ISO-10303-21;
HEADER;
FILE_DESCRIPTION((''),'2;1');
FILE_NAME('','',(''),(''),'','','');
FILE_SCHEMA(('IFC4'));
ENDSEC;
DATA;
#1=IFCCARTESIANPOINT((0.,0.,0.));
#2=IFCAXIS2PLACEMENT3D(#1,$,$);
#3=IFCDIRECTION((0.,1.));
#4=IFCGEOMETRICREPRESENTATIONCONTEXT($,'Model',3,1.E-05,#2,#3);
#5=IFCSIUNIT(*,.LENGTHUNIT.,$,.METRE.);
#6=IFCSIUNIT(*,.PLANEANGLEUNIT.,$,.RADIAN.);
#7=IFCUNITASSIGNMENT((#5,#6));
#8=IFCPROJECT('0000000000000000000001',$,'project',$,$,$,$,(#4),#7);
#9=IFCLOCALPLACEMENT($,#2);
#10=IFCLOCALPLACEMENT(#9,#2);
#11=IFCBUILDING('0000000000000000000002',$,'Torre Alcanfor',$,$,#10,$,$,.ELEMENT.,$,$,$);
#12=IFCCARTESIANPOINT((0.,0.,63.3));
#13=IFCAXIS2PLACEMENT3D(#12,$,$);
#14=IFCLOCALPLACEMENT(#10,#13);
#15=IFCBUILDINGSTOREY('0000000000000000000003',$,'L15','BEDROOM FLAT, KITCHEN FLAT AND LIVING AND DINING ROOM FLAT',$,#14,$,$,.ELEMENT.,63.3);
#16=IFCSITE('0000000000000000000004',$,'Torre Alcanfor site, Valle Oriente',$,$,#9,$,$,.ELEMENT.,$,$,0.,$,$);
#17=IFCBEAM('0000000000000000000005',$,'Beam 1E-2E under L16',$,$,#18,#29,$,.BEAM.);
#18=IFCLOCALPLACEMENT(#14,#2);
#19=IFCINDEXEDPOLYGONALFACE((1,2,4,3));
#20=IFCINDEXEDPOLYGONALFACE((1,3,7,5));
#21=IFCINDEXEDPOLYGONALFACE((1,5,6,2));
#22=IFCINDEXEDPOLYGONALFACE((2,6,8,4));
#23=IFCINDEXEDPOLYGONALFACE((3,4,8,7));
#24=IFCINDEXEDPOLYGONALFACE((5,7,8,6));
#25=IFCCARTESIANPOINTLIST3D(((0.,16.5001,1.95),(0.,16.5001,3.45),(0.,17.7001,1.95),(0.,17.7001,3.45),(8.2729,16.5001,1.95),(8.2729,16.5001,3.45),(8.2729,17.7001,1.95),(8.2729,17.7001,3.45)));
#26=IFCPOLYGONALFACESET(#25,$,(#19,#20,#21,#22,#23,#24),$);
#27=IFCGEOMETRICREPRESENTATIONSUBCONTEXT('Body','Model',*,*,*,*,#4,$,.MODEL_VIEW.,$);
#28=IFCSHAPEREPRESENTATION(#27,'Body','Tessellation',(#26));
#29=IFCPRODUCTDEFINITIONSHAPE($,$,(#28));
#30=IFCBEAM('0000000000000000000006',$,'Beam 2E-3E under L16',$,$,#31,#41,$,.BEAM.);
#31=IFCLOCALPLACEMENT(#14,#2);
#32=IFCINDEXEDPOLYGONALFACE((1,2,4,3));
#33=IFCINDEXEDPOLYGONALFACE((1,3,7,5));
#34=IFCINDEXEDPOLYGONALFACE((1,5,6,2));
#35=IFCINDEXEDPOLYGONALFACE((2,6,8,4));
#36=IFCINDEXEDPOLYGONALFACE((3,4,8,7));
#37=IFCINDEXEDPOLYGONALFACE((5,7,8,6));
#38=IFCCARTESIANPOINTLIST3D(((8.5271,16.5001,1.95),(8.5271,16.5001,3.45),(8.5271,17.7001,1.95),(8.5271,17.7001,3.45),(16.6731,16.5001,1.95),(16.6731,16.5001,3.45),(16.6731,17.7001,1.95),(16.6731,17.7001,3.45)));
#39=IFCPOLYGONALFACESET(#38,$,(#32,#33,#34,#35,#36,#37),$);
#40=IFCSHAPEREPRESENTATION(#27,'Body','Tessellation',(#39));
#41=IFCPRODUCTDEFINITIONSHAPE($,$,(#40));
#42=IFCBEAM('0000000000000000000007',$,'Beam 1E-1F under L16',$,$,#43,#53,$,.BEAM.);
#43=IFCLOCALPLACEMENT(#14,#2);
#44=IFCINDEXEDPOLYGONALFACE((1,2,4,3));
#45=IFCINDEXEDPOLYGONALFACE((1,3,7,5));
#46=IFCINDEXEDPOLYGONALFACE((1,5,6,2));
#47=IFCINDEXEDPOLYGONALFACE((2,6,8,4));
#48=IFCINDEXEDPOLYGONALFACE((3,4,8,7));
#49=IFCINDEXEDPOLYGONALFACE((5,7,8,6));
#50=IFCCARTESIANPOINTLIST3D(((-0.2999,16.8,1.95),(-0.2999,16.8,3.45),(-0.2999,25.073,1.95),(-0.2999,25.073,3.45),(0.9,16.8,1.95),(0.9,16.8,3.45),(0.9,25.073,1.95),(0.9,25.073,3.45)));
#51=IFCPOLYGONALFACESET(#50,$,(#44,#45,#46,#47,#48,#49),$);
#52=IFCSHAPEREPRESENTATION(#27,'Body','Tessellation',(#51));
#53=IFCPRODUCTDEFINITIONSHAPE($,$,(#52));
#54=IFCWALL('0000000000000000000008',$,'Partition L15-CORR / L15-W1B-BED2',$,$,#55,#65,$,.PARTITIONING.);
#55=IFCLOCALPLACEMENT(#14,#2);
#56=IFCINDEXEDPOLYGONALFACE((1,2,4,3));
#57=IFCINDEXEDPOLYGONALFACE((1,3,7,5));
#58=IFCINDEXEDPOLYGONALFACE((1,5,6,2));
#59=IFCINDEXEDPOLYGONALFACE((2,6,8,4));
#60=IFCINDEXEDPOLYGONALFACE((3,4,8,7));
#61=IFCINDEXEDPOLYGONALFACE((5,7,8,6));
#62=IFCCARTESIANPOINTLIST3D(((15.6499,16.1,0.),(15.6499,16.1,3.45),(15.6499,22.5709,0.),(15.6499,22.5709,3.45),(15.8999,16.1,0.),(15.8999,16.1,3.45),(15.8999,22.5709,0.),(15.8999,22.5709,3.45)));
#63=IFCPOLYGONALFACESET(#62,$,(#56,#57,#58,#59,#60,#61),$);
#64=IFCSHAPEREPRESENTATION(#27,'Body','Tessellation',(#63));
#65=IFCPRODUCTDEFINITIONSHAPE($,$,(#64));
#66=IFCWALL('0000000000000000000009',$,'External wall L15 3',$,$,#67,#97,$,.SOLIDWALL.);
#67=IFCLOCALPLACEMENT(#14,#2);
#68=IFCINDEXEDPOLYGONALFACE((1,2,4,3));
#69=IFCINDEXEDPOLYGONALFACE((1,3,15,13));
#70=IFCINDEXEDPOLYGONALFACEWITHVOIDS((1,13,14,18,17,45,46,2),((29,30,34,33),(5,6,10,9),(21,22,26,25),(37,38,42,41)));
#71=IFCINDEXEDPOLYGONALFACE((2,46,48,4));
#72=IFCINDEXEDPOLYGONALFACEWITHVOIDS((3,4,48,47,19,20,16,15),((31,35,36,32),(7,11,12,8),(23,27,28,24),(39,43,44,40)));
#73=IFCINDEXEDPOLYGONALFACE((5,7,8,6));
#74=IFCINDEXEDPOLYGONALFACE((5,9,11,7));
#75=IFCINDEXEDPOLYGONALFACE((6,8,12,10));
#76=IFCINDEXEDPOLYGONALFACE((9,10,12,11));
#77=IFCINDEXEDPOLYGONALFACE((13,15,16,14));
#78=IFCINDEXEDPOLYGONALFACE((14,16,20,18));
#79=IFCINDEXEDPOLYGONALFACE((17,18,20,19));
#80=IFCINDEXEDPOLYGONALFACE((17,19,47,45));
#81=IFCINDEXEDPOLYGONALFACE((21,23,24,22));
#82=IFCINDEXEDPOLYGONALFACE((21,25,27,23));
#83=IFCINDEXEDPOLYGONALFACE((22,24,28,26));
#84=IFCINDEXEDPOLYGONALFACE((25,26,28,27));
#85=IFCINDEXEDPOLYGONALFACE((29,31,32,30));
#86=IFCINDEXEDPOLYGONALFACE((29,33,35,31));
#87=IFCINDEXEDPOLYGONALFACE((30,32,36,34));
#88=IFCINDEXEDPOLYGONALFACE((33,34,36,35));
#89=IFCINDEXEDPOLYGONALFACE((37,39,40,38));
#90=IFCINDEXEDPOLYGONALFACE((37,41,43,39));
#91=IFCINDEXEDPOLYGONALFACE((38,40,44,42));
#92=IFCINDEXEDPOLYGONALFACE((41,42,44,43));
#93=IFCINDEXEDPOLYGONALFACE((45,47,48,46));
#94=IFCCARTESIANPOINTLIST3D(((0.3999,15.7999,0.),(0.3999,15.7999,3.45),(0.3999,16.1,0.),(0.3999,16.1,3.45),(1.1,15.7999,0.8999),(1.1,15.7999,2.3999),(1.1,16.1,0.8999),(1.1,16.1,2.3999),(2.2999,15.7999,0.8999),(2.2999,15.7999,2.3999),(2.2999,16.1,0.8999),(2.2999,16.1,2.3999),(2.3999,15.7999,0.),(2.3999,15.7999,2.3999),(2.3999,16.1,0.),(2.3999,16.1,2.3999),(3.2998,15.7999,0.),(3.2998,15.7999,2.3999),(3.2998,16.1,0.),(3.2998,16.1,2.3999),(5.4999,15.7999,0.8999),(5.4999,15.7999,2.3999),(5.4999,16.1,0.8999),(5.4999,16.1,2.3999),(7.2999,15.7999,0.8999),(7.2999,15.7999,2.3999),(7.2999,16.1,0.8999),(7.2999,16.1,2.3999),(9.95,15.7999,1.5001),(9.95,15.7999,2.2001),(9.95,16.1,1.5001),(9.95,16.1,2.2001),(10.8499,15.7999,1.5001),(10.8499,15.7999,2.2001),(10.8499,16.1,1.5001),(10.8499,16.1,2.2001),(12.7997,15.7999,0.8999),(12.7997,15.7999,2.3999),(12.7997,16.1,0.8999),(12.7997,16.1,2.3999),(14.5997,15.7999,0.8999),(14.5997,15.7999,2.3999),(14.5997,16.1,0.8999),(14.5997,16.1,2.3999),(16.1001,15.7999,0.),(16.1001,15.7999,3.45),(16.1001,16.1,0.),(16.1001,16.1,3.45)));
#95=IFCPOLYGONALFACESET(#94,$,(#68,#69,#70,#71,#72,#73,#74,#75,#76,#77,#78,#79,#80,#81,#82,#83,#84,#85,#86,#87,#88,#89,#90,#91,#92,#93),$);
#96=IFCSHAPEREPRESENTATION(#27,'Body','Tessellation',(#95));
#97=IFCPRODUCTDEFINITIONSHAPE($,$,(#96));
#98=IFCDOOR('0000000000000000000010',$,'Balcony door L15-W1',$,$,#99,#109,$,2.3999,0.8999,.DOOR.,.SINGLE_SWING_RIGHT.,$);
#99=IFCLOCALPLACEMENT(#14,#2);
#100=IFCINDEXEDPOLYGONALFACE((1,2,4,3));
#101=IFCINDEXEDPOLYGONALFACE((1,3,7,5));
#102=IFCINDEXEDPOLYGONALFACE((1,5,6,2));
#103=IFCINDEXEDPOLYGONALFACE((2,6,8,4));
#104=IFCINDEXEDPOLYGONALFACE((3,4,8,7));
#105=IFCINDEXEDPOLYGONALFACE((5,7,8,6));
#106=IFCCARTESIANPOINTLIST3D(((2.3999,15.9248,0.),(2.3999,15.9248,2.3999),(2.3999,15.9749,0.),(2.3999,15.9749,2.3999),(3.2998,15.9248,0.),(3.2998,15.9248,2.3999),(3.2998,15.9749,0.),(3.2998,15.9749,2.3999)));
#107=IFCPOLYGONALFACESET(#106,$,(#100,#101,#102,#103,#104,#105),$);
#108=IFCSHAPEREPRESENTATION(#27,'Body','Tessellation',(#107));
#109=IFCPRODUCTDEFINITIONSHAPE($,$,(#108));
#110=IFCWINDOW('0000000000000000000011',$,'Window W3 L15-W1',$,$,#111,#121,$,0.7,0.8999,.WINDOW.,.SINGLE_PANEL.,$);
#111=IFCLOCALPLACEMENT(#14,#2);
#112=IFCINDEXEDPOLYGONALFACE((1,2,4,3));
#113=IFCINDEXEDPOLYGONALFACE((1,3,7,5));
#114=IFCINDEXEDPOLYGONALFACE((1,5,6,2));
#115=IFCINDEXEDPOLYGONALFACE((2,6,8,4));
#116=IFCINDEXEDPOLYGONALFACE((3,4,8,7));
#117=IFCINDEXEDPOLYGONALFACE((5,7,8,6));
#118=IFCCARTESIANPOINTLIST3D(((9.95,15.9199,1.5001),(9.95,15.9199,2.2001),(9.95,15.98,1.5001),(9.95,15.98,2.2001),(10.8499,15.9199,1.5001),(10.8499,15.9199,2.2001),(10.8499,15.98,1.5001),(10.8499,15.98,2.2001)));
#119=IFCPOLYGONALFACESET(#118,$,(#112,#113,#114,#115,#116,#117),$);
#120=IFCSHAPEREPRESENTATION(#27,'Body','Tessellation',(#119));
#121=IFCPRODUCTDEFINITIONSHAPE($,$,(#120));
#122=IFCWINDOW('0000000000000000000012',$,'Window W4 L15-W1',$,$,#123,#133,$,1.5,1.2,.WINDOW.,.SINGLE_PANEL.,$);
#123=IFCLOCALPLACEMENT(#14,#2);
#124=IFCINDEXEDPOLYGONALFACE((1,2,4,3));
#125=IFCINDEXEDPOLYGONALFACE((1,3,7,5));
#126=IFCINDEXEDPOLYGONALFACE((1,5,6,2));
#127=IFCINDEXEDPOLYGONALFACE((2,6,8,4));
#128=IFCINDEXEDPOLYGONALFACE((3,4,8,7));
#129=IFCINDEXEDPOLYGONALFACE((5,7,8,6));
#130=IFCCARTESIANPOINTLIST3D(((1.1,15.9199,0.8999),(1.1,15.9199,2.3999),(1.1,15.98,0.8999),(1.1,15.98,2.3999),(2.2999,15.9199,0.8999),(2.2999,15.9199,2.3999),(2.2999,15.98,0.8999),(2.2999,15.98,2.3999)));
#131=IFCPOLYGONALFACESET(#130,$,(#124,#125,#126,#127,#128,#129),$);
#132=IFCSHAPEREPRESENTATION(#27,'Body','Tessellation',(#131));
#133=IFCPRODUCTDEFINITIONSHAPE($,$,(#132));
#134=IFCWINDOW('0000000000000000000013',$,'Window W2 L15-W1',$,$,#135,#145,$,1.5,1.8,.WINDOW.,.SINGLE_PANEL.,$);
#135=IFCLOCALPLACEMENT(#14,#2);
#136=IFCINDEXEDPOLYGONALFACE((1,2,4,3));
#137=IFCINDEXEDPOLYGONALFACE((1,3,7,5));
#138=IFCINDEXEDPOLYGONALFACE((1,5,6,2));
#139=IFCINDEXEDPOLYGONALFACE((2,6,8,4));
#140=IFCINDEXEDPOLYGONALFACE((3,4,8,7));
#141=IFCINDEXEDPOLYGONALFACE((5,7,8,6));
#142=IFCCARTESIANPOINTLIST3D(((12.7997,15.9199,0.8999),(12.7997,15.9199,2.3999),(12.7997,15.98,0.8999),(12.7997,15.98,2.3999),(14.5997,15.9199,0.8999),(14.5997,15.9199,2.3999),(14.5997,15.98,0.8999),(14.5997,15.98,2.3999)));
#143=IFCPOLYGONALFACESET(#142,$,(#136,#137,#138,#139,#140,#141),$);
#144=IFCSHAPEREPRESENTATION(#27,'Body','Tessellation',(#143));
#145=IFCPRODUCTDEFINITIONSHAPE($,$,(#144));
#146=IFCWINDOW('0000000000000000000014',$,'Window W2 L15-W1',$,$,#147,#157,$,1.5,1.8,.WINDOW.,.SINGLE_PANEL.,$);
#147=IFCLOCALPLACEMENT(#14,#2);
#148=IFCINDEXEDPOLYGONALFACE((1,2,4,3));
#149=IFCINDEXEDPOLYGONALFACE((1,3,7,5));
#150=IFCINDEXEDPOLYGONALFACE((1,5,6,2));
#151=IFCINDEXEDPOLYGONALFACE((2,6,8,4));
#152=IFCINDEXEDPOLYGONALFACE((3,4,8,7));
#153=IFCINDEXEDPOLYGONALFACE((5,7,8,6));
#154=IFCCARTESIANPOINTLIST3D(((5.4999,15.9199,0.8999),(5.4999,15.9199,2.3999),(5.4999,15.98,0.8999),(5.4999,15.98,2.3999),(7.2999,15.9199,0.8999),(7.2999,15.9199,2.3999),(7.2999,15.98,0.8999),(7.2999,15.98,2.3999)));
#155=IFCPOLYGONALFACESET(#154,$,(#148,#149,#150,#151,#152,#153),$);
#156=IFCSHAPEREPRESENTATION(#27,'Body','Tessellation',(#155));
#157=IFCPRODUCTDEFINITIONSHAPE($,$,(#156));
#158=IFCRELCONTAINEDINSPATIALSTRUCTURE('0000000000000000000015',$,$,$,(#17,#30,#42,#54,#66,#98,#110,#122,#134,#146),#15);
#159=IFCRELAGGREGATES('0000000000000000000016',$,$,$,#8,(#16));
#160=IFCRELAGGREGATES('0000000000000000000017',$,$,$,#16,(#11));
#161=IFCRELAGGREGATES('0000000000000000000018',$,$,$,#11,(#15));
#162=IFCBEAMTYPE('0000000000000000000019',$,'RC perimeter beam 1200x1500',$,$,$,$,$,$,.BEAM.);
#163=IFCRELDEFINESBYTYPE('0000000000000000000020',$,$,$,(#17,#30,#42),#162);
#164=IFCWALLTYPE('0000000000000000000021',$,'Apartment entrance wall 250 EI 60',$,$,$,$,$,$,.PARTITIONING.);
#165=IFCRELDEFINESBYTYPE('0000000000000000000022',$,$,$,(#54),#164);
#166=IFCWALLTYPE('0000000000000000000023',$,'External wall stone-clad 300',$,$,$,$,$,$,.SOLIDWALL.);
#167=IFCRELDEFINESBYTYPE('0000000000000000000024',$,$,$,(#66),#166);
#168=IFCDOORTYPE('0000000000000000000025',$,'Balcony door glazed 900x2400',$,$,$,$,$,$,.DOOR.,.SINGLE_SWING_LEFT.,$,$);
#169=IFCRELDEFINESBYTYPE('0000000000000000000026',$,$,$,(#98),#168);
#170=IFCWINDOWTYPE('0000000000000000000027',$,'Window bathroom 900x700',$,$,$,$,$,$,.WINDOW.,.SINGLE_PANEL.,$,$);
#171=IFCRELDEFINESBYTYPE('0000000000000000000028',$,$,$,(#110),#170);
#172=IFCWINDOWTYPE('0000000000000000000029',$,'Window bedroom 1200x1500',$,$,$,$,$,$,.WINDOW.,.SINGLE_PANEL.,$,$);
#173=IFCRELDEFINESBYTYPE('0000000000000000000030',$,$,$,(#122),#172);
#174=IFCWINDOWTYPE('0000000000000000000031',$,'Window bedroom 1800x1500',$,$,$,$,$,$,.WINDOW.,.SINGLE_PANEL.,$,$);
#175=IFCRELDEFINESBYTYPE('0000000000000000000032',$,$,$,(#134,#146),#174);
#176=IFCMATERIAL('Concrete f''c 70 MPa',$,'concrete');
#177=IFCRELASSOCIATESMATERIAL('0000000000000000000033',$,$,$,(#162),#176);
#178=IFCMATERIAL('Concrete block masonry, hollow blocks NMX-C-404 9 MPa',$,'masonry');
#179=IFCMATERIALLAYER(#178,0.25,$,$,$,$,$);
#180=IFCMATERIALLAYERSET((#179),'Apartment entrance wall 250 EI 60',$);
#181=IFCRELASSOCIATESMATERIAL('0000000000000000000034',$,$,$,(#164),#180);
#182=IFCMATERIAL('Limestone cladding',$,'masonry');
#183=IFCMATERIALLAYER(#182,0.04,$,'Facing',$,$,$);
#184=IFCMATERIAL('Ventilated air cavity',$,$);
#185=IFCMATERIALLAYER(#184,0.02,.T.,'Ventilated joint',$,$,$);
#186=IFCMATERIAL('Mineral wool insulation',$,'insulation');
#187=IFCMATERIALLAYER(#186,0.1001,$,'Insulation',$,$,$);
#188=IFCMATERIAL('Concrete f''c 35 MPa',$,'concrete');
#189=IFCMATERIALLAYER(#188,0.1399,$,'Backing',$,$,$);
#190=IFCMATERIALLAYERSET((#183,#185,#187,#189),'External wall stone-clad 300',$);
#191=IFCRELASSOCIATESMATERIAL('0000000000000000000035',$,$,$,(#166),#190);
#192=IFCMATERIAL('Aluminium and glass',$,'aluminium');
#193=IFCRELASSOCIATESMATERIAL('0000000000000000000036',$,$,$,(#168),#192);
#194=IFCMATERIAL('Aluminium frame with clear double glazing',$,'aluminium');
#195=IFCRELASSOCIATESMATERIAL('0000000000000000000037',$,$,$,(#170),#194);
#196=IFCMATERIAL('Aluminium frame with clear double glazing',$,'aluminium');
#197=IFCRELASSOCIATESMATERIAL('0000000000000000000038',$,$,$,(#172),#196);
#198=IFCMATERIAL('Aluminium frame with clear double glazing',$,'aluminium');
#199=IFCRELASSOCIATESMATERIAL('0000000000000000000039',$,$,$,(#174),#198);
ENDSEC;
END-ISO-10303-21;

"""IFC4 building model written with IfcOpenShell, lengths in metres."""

from ifc_helpers import new_model, si_unit, direction, frame, frame_2d, origin, origin_2d, place, context, subcontext, project, spatial, rectangle, extrude, material, layer, layer_set, material_profile, profile_set, type_object, element, fill, save


model = new_model("IFC4")

# Units and contexts
model_context = context("Model", 3, precision=1e-05, world=origin(), true_north=direction((0.0, 1.0)))
body_context = subcontext(model_context, "Body", "Model", "MODEL_VIEW")
ifc_project = project(units=[si_unit("LENGTHUNIT", "METRE"), si_unit("PLANEANGLEUNIT", "RADIAN")], contexts=[model_context])

# Site, building, storey
site_placement = place(None, origin())
site = spatial("IfcSite", under=ifc_project, at=site_placement, Name="Torre Alcanfor site, Valle Oriente", CompositionType="ELEMENT", RefElevation=0.0)
building_placement = place(site_placement, origin())
building = spatial("IfcBuilding", under=site, at=building_placement, Name="Torre Alcanfor", CompositionType="ELEMENT")
storey_placement = place(building_placement, frame((0.0, 0.0, 63.3)))
storey = spatial("IfcBuildingStorey", under=building, at=storey_placement, Name="L15", Description="BEDROOM FLAT, KITCHEN FLAT AND LIVING AND DINING ROOM FLAT", CompositionType="ELEMENT", Elevation=63.3)

# Beams
ifc_material_1 = material(Name="Concrete f'c 70 MPa", Category="concrete")
ifc_material_profile_1 = material_profile(ifc_material_1, rectangle(XDim=1.2, YDim=1.5, at=origin_2d()), Name="1200x1500")
ifc_profile_set_1 = profile_set([ifc_material_profile_1], Name="Concrete f'c 70 MPa")
beam_type_1 = type_object("IfcBeamType", Name="RC perimeter beam 1200x1500", PredefinedType="BEAM", material=ifc_profile_set_1)
beam_1_placement = place(storey_placement, frame((0.0, 17.1001, 2.7), z_axis=(1.0, 0.0, 0.0), x_axis=(0.0, 1.0, 0.0)))
element("IfcBeam", 1, at=beam_1_placement, inside=storey, type_object=beam_type_1, Name="Beam 1E-2E under L16", PredefinedType="BEAM", context=body_context, shape_type="SweptSolid", body=[
    extrude(rectangle(XDim=1.2, YDim=1.5, at=origin_2d()), origin(), (0.0, 0.0, 1.0), 8.2729),
])
beam_2_placement = place(storey_placement, frame((8.5271, 17.1001, 2.7), z_axis=(1.0, 0.0, 0.0), x_axis=(0.0, 1.0, 0.0)))
element("IfcBeam", 2, at=beam_2_placement, inside=storey, type_object=beam_type_1, Name="Beam 2E-3E under L16", PredefinedType="BEAM", context=body_context, shape_type="SweptSolid", body=[
    extrude(rectangle(XDim=1.2, YDim=1.5, at=origin_2d()), origin(), (0.0, 0.0, 1.0), 8.146),
])
beam_3_placement = place(storey_placement, frame((0.3, 16.8, 2.7), z_axis=(0.0, 1.0, 0.0), x_axis=(-1.0, 0.0, 0.0)))
element("IfcBeam", 3, at=beam_3_placement, inside=storey, type_object=beam_type_1, Name="Beam 1E-1F under L16", PredefinedType="BEAM", context=body_context, shape_type="SweptSolid", body=[
    extrude(rectangle(XDim=1.2, YDim=1.5, at=origin_2d()), origin(), (0.0, 0.0, 1.0), 8.2729),
])

# Wall
ifc_material_2 = material(Name="Concrete block masonry, hollow blocks NMX-C-404 9 MPa", Category="masonry")
ifc_layer_1 = layer(ifc_material_2, 0.25)
ifc_layer_set_1 = layer_set([ifc_layer_1], Name="Apartment entrance wall 250 EI 60")
wall_type_1 = type_object("IfcWallType", Name="Apartment entrance wall 250 EI 60", PredefinedType="PARTITIONING", material=ifc_layer_set_1)
wall_1_placement = place(storey_placement, frame((15.7749, 16.1001, 0.0), z_axis=(0.0, 0.0, 1.0), x_axis=(0.0, 1.0, 0.0)))
element("IfcWall", 4, at=wall_1_placement, inside=storey, type_object=wall_type_1, Name="Partition L15-CORR / L15-W1B-BED2", PredefinedType="PARTITIONING", context=body_context, shape_type="SweptSolid", body=[
    extrude(rectangle(XDim=6.4709, YDim=0.25, at=frame_2d((3.2354, 0.0))), origin(), (0.0, 0.0, 1.0), 3.45),
])

# Wall, openings, door, windows
ifc_material_3 = material(Name="Limestone cladding", Category="masonry")
ifc_layer_2 = layer(ifc_material_3, 0.04, Name="Facing")
ifc_material_4 = material(Name="Ventilated air cavity")
ifc_layer_3 = layer(ifc_material_4, 0.02, ventilated=True, Name="Ventilated joint")
ifc_material_5 = material(Name="Mineral wool insulation", Category="insulation")
ifc_layer_4 = layer(ifc_material_5, 0.1001, Name="Insulation")
ifc_material_6 = material(Name="Concrete f'c 35 MPa", Category="concrete")
ifc_layer_5 = layer(ifc_material_6, 0.1399, Name="Backing")
ifc_layer_set_2 = layer_set([ifc_layer_2, ifc_layer_3, ifc_layer_4, ifc_layer_5], Name="External wall stone-clad 300")
wall_type_2 = type_object("IfcWallType", Name="External wall stone-clad 300", PredefinedType="SOLIDWALL", material=ifc_layer_set_2)
wall_2_placement = place(storey_placement, frame((0.3999, 15.95, 0.0), z_axis=(0.0, 0.0, 1.0), x_axis=(1.0, 0.0, 0.0)))
wall_2 = element("IfcWall", 5, at=wall_2_placement, inside=storey, type_object=wall_type_2, Name="External wall L15 3", PredefinedType="SOLIDWALL", context=body_context, shape_type="SweptSolid", body=[
    extrude(rectangle(XDim=15.7002, YDim=0.3, at=frame_2d((7.8501, 0.0))), origin(), (0.0, 0.0, 1.0), 3.45),
])
opening_1_placement = place(wall_2_placement, frame((12.3999, 0.0, 0.8999)))
opening_1 = element("IfcOpeningElement", 6, at=opening_1_placement, cuts=wall_2, PredefinedType="OPENING", context=body_context, shape_type="SweptSolid", body=[
    extrude(rectangle(XDim=1.8, YDim=1.5, at=frame_2d((0.8999, 0.75))), frame((0.0, 0.1599, 0.0), z_axis=(0.0, -1.0, 0.0), x_axis=(1.0, 0.0, 0.0)), (0.0, 0.0, 1.0), 0.3201),
])
opening_2_placement = place(wall_2_placement, frame((9.55, 0.0, 1.5)))
opening_2 = element("IfcOpeningElement", 7, at=opening_2_placement, cuts=wall_2, PredefinedType="OPENING", context=body_context, shape_type="SweptSolid", body=[
    extrude(rectangle(XDim=0.8999, YDim=0.7, at=frame_2d((0.45, 0.3501))), frame((0.0, 0.1599, 0.0), z_axis=(0.0, -1.0, 0.0), x_axis=(1.0, 0.0, 0.0)), (0.0, 0.0, 1.0), 0.3201),
])
opening_3_placement = place(wall_2_placement, frame((5.1001, 0.0, 0.8999)))
opening_3 = element("IfcOpeningElement", 8, at=opening_3_placement, cuts=wall_2, PredefinedType="OPENING", context=body_context, shape_type="SweptSolid", body=[
    extrude(rectangle(XDim=1.8, YDim=1.5, at=frame_2d((0.8999, 0.75))), frame((0.0, 0.1599, 0.0), z_axis=(0.0, -1.0, 0.0), x_axis=(1.0, 0.0, 0.0)), (0.0, 0.0, 1.0), 0.3201),
])
opening_4_placement = place(wall_2_placement, frame((2.0, 0.0, 0.0)))
opening_4 = element("IfcOpeningElement", 9, at=opening_4_placement, cuts=wall_2, PredefinedType="OPENING", context=body_context, shape_type="SweptSolid", body=[
    extrude(rectangle(XDim=0.8999, YDim=2.3999, at=frame_2d((0.45, 1.2))), frame((0.0, 0.1599, 0.0), z_axis=(0.0, -1.0, 0.0), x_axis=(1.0, 0.0, 0.0)), (0.0, 0.0, 1.0), 0.3201),
])
opening_5_placement = place(wall_2_placement, frame((0.7, 0.0, 0.8999)))
opening_5 = element("IfcOpeningElement", 10, at=opening_5_placement, cuts=wall_2, PredefinedType="OPENING", context=body_context, shape_type="SweptSolid", body=[
    extrude(rectangle(XDim=1.2, YDim=1.5, at=frame_2d((0.6001, 0.75))), frame((0.0, 0.1599, 0.0), z_axis=(0.0, -1.0, 0.0), x_axis=(1.0, 0.0, 0.0)), (0.0, 0.0, 1.0), 0.3201),
])
ifc_material_7 = material(Name="Aluminium and glass", Category="aluminium")
door_type = type_object("IfcDoorType", Name="Balcony door glazed 900x2400", OperationType="SINGLE_SWING_LEFT", PredefinedType="DOOR", material=ifc_material_7)
door_1_placement = place(opening_4_placement, origin())
door_1 = element("IfcDoor", 11, at=door_1_placement, inside=storey, type_object=door_type, Name="Balcony door L15-W1", OperationType="SINGLE_SWING_RIGHT", OverallHeight=2.3999, OverallWidth=0.8999, PredefinedType="DOOR", context=body_context, shape_type="SweptSolid", body=[
    extrude(rectangle(XDim=0.8999, YDim=2.3999, at=frame_2d((0.45, 1.2))), frame((0.0, 0.0249, 0.0), z_axis=(0.0, -1.0, 0.0), x_axis=(1.0, 0.0, 0.0)), (0.0, 0.0, 1.0), 0.05),
])
fill(opening_4, door_1)
ifc_material_8 = material(Name="Aluminium frame with clear double glazing", Category="aluminium")
window_type_1 = type_object("IfcWindowType", Name="Window bathroom 900x700", PartitioningType="SINGLE_PANEL", PredefinedType="WINDOW", material=ifc_material_8)
window_1_placement = place(opening_2_placement, origin())
window_1 = element("IfcWindow", 12, at=window_1_placement, inside=storey, type_object=window_type_1, Name="Window W3 L15-W1", OverallHeight=0.7, OverallWidth=0.8999, PartitioningType="SINGLE_PANEL", PredefinedType="WINDOW", context=body_context, shape_type="SweptSolid", body=[
    extrude(rectangle(XDim=0.8999, YDim=0.7, at=frame_2d((0.45, 0.3501))), frame((0.0, 0.03, 0.0), z_axis=(0.0, -1.0, 0.0), x_axis=(1.0, 0.0, 0.0)), (0.0, 0.0, 1.0), 0.0601),
])
fill(opening_2, window_1)
ifc_material_9 = material(Name="Aluminium frame with clear double glazing", Category="aluminium")
window_type_2 = type_object("IfcWindowType", Name="Window bedroom 1200x1500", PartitioningType="SINGLE_PANEL", PredefinedType="WINDOW", material=ifc_material_9)
window_2_placement = place(opening_5_placement, origin())
window_2 = element("IfcWindow", 13, at=window_2_placement, inside=storey, type_object=window_type_2, Name="Window W4 L15-W1", OverallHeight=1.5, OverallWidth=1.2, PartitioningType="SINGLE_PANEL", PredefinedType="WINDOW", context=body_context, shape_type="SweptSolid", body=[
    extrude(rectangle(XDim=1.2, YDim=1.5, at=frame_2d((0.6001, 0.75))), frame((0.0, 0.03, 0.0), z_axis=(0.0, -1.0, 0.0), x_axis=(1.0, 0.0, 0.0)), (0.0, 0.0, 1.0), 0.0601),
])
fill(opening_5, window_2)
ifc_material_10 = material(Name="Aluminium frame with clear double glazing", Category="aluminium")
window_type_3 = type_object("IfcWindowType", Name="Window bedroom 1800x1500", PartitioningType="SINGLE_PANEL", PredefinedType="WINDOW", material=ifc_material_10)
window_3_placement = place(opening_1_placement, origin())
window_3 = element("IfcWindow", 14, at=window_3_placement, inside=storey, type_object=window_type_3, Name="Window W2 L15-W1", OverallHeight=1.5, OverallWidth=1.8, PartitioningType="SINGLE_PANEL", PredefinedType="WINDOW", context=body_context, shape_type="SweptSolid", body=[
    extrude(rectangle(XDim=1.8, YDim=1.5, at=frame_2d((0.8999, 0.75))), frame((0.0, 0.03, 0.0), z_axis=(0.0, -1.0, 0.0), x_axis=(1.0, 0.0, 0.0)), (0.0, 0.0, 1.0), 0.0601),
])
fill(opening_1, window_3)
window_4_placement = place(opening_3_placement, origin())
window_4 = element("IfcWindow", 15, at=window_4_placement, inside=storey, type_object=window_type_3, Name="Window W2 L15-W1", OverallHeight=1.5, OverallWidth=1.8, PartitioningType="SINGLE_PANEL", PredefinedType="WINDOW", context=body_context, shape_type="SweptSolid", body=[
    extrude(rectangle(XDim=1.8, YDim=1.5, at=frame_2d((0.8999, 0.75))), frame((0.0, 0.03, 0.0), z_axis=(0.0, -1.0, 0.0), x_axis=(1.0, 0.0, 0.0)), (0.0, 0.0, 1.0), 0.0601),
])
fill(opening_3, window_4)

save(model, "model.ifc")
